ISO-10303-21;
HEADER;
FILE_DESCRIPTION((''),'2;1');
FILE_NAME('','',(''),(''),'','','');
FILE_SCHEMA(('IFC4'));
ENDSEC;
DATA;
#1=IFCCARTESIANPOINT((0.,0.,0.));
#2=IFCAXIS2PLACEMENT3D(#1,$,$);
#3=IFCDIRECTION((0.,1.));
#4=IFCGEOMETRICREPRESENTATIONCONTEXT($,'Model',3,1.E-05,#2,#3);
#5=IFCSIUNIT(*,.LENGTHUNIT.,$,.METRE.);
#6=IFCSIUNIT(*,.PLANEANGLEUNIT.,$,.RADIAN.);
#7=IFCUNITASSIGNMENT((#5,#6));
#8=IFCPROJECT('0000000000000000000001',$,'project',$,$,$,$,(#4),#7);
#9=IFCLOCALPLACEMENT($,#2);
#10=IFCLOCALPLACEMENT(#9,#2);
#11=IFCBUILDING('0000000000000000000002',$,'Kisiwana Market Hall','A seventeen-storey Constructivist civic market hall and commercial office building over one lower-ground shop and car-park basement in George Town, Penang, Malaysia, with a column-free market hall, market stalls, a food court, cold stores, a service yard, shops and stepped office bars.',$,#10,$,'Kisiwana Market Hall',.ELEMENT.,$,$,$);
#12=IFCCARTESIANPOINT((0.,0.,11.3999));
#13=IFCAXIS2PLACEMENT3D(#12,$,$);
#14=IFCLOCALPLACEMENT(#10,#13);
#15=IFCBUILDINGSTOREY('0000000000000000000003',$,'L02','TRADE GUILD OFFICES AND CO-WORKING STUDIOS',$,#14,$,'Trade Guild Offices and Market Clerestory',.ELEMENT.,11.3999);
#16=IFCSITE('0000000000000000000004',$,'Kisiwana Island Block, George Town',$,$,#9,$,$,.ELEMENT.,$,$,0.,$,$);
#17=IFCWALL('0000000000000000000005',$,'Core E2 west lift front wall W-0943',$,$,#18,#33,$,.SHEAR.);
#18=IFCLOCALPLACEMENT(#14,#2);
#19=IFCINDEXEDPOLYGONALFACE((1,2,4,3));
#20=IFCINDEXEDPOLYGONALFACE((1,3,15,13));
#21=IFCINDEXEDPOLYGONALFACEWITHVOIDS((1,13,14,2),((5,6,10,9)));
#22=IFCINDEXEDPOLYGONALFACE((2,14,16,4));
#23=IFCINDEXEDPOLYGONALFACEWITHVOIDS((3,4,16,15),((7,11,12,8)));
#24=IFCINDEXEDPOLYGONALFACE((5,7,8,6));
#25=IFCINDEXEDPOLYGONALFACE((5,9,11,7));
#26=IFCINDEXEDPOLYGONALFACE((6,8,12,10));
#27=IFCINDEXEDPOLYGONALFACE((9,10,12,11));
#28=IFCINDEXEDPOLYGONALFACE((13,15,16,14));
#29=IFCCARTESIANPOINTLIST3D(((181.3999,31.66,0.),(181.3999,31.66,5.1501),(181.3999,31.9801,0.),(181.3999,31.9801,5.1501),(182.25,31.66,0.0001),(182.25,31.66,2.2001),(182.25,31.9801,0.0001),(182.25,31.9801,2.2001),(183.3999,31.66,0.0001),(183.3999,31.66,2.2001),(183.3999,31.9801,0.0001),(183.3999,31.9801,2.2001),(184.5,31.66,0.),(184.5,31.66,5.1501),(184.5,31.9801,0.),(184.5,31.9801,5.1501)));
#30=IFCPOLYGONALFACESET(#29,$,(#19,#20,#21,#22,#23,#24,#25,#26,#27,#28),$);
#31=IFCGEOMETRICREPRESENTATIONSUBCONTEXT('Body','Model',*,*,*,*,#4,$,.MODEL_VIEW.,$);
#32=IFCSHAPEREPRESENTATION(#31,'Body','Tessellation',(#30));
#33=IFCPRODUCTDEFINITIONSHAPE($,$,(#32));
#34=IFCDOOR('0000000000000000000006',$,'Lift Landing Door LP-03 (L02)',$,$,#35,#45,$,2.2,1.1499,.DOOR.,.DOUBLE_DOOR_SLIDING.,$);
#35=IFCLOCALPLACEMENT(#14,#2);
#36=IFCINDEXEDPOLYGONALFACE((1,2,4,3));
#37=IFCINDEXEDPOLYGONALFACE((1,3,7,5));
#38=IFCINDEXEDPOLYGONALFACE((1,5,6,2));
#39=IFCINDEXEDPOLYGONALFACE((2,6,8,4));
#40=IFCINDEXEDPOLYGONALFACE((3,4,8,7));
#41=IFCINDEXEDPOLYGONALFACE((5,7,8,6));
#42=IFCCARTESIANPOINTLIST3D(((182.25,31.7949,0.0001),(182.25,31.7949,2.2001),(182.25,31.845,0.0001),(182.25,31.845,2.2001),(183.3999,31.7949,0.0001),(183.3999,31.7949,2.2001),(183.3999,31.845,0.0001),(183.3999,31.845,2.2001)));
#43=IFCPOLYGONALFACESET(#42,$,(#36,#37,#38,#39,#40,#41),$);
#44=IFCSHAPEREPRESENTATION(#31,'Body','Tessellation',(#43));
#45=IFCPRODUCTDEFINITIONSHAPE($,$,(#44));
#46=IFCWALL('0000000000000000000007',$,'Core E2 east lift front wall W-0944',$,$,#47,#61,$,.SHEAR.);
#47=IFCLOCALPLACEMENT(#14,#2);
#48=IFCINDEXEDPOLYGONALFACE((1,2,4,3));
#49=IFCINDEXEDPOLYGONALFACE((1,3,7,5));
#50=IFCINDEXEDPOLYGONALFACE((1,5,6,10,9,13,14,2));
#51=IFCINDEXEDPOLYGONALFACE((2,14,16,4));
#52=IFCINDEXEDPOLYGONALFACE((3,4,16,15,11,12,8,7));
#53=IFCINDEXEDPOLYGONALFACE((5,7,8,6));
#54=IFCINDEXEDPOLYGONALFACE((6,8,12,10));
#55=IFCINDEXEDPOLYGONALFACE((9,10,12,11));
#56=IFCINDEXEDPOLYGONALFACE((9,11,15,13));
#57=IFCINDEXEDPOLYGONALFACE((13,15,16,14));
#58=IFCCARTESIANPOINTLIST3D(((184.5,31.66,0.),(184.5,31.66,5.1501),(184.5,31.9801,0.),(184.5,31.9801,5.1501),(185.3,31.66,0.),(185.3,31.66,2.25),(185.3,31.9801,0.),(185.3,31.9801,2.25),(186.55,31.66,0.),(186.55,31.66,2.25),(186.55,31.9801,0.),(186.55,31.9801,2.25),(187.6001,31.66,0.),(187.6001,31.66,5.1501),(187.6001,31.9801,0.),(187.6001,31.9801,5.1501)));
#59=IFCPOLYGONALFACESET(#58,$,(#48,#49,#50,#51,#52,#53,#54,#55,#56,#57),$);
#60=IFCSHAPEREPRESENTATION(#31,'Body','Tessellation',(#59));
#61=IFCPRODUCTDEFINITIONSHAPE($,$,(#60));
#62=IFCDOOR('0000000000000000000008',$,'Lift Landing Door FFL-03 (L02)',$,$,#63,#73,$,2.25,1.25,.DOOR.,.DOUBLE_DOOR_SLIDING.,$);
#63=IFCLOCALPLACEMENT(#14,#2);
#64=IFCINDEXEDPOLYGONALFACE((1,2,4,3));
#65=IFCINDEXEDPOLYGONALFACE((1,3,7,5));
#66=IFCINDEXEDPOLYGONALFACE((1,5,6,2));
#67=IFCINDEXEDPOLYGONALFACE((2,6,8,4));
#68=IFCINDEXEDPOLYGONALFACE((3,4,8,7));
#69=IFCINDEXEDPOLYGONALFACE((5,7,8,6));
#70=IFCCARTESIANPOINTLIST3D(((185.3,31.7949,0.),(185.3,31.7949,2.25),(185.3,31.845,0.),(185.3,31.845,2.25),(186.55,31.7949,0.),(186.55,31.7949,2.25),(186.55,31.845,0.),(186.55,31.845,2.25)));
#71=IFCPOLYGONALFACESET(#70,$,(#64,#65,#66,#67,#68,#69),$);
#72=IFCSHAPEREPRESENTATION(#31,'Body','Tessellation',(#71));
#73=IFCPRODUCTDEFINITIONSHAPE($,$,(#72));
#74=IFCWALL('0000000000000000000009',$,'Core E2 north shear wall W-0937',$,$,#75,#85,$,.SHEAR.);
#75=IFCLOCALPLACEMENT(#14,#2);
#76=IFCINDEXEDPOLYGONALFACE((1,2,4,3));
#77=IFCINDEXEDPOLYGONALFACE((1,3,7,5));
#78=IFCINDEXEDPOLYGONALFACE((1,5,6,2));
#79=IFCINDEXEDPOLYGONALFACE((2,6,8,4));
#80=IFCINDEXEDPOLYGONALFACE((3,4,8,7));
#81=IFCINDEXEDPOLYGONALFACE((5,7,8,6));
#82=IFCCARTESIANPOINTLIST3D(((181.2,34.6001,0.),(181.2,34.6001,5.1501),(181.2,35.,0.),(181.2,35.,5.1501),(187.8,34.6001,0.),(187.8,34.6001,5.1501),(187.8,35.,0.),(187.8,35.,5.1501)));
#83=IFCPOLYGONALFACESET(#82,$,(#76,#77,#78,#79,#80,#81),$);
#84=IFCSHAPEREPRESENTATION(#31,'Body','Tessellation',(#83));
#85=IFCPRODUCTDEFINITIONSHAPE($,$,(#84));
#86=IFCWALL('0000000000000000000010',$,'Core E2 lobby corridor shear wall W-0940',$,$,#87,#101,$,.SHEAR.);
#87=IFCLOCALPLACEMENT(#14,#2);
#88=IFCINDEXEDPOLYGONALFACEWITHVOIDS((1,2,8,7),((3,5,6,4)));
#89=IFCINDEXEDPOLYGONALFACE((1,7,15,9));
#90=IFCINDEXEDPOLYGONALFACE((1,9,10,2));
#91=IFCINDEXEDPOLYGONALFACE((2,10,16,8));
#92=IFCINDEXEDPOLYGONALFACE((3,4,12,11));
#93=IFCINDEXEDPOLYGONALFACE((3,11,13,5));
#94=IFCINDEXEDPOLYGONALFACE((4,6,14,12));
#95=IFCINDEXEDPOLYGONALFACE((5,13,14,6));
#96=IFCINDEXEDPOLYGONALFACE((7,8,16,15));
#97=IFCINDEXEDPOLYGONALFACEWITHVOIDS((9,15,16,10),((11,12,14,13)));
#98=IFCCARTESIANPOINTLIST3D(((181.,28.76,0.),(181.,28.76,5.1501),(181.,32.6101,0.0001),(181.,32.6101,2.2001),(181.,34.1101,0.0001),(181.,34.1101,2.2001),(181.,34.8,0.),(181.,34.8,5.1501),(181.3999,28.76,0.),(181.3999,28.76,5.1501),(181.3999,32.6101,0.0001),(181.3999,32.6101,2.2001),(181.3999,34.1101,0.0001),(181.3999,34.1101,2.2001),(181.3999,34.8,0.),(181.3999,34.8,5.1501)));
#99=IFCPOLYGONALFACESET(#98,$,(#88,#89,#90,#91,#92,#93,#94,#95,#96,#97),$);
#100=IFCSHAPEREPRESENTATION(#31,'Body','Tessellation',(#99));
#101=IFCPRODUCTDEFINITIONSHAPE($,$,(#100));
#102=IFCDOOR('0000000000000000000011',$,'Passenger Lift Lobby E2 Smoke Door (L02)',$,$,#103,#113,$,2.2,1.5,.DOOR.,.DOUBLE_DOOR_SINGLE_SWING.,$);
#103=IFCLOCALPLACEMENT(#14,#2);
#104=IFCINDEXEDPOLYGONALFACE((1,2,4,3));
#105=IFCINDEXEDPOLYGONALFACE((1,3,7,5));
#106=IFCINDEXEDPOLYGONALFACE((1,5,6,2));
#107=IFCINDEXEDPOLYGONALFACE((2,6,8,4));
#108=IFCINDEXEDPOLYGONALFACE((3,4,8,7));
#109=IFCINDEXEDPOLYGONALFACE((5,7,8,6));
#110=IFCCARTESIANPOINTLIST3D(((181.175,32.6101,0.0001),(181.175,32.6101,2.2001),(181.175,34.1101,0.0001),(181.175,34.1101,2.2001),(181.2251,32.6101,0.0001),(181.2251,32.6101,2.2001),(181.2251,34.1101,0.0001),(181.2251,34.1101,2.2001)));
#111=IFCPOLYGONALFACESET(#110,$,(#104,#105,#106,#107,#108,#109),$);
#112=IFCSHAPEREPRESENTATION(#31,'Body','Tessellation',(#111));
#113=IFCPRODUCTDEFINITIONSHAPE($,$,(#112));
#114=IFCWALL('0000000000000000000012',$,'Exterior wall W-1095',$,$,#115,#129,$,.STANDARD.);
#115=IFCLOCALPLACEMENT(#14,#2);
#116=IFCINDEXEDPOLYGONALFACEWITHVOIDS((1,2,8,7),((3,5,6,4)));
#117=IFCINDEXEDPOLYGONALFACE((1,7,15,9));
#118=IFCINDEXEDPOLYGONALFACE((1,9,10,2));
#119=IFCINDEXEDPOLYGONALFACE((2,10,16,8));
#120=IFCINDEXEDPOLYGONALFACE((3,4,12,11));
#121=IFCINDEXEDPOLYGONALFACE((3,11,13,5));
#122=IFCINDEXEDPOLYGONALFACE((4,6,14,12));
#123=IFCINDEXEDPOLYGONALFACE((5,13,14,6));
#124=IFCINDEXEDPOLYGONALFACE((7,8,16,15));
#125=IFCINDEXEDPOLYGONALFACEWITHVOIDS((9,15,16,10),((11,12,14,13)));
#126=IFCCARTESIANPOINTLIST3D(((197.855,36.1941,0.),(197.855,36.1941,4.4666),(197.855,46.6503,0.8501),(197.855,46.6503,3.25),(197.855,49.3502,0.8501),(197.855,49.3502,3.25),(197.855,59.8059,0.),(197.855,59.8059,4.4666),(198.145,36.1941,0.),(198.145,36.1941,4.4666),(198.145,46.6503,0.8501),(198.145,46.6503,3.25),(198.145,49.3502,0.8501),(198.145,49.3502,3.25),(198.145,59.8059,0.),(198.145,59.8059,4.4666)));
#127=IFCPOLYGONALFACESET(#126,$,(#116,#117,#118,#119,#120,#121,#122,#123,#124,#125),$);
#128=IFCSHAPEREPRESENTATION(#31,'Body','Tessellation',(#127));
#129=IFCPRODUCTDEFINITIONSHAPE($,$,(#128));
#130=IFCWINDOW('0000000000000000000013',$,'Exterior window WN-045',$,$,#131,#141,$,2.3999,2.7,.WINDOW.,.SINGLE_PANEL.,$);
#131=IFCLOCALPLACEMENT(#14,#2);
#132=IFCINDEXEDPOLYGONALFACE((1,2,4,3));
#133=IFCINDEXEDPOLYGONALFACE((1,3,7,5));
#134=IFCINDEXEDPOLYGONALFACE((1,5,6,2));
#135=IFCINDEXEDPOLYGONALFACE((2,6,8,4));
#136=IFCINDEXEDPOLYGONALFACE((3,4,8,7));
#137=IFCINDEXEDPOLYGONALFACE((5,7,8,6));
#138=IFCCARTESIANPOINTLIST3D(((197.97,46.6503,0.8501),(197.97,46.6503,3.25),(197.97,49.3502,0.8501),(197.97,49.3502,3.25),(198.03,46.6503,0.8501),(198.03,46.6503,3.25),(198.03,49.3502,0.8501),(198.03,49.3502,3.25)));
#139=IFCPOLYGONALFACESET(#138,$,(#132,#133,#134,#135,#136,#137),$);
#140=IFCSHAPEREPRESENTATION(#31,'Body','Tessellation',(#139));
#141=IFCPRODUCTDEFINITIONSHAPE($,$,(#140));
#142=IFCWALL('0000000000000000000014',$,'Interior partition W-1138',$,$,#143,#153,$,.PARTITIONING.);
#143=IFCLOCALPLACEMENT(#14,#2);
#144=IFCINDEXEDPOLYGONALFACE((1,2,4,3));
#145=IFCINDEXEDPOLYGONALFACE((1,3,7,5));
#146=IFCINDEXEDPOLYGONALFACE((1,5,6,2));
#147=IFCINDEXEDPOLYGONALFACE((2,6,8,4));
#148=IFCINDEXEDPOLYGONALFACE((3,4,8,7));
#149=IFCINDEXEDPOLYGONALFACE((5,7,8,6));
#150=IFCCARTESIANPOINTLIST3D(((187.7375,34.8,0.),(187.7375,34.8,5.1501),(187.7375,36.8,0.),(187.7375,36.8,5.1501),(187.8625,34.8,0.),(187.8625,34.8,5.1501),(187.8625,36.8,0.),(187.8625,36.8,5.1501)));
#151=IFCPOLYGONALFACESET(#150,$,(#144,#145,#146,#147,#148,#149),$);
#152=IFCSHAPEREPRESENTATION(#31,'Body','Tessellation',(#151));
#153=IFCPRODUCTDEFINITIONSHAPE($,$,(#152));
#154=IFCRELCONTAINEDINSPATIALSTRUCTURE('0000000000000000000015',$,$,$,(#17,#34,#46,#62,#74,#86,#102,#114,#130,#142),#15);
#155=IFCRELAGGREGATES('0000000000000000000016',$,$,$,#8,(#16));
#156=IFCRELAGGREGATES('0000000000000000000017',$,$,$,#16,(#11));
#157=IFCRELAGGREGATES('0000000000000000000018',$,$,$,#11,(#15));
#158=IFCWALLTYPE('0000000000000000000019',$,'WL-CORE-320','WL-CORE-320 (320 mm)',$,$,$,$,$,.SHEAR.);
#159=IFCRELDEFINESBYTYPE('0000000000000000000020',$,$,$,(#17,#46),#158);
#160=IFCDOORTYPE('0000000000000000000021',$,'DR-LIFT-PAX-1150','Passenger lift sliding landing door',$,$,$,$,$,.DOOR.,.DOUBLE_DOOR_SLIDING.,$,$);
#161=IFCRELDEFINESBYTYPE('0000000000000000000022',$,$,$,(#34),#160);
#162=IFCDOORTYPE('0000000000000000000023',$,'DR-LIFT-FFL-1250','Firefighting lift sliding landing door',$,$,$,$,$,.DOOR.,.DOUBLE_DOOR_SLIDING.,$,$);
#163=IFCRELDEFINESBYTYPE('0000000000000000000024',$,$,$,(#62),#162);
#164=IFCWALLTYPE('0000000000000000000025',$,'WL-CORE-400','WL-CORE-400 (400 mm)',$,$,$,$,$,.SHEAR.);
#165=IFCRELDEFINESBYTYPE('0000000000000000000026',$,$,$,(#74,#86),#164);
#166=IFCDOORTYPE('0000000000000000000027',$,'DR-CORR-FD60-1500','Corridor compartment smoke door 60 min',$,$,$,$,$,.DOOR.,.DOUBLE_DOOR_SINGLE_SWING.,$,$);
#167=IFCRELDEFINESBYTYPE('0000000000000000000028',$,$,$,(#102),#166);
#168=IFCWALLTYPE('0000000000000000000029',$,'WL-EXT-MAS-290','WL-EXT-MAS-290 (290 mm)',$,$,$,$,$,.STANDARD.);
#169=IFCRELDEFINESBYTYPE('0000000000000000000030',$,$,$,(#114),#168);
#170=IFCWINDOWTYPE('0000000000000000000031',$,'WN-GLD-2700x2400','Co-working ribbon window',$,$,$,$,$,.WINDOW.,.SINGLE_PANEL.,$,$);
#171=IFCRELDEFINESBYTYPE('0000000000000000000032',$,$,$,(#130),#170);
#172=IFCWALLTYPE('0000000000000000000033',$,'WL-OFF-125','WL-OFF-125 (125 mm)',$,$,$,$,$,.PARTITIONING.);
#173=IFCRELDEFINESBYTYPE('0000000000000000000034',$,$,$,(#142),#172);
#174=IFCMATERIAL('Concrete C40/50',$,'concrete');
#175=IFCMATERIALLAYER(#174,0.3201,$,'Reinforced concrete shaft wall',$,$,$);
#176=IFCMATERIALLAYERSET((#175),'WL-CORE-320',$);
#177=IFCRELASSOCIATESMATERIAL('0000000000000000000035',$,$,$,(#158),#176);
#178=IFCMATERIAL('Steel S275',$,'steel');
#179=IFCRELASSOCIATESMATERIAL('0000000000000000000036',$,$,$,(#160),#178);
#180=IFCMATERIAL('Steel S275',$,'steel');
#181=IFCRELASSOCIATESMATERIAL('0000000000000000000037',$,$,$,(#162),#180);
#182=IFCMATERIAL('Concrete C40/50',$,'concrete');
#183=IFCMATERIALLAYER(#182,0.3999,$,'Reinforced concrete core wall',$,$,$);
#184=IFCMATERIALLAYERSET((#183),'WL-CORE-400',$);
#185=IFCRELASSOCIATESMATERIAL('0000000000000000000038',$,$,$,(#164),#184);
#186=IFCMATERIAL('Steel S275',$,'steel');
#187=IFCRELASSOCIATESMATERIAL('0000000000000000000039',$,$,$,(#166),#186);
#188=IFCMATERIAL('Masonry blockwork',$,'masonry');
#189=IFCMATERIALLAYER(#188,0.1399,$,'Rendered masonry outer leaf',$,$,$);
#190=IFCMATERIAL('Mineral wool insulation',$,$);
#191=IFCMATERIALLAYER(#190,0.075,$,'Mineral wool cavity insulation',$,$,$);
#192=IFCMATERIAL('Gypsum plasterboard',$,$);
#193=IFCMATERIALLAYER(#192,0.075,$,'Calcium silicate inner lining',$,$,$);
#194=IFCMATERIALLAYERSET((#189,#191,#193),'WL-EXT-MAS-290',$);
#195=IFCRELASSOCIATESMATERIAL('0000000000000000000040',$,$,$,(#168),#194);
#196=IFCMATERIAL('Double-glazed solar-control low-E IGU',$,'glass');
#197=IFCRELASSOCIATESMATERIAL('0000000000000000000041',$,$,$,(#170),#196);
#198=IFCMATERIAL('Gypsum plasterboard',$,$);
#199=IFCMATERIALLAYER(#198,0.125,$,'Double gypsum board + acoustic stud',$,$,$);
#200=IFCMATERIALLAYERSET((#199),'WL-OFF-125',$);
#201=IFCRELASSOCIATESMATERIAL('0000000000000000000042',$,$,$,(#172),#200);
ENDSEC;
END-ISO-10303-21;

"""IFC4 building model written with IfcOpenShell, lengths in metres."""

from ifc_helpers import new_model, si_unit, direction, frame, frame_2d, origin, place, context, subcontext, project, spatial, rectangle, extrude, material, layer, layer_set, type_object, element, fill, save


model = new_model("IFC4")

# Units and contexts
model_context = context("Model", 3, precision=1e-05, world=origin(), true_north=direction((0.0, 1.0)))
body_context = subcontext(model_context, "Body", "Model", "MODEL_VIEW")
ifc_project = project(units=[si_unit("LENGTHUNIT", "METRE"), si_unit("PLANEANGLEUNIT", "RADIAN")], contexts=[model_context])

# Site, building, storey
site_placement = place(None, origin())
site = spatial("IfcSite", under=ifc_project, at=site_placement, Name="Kisiwana Island Block, George Town", CompositionType="ELEMENT", RefElevation=0.0)
building_placement = place(site_placement, origin())
building = spatial("IfcBuilding", under=site, at=building_placement, Name="Kisiwana Market Hall", Description="A seventeen-storey Constructivist civic market hall and commercial office building over one lower-ground shop and car-park basement in George Town, Penang, Malaysia, with a column-free market hall, market stalls, a food court, cold stores, a service yard, shops and stepped office bars.", LongName="Kisiwana Market Hall", CompositionType="ELEMENT")
storey_placement = place(building_placement, frame((0.0, 0.0, 11.3999)))
storey = spatial("IfcBuildingStorey", under=building, at=storey_placement, Name="L02", Description="TRADE GUILD OFFICES AND CO-WORKING STUDIOS", LongName="Trade Guild Offices and Market Clerestory", CompositionType="ELEMENT", Elevation=11.3999)

# Shared definitions
ifc_material_1 = material(Name="Concrete C40/50", Category="concrete")
ifc_layer_1 = layer(ifc_material_1, 0.3201, Name="Reinforced concrete shaft wall")
ifc_layer_set_1 = layer_set([ifc_layer_1], Name="WL-CORE-320")
wall_type_1 = type_object("IfcWallType", Name="WL-CORE-320", Description="WL-CORE-320 (320 mm)", PredefinedType="SHEAR", material=ifc_layer_set_1)

# Walls, openings, doors
wall_1_placement = place(storey_placement, frame((181.3999, 31.8201, 0.0), z_axis=(0.0, 0.0, 1.0), x_axis=(1.0, 0.0, 0.0)))
wall_1 = element("IfcWall", 1, at=wall_1_placement, inside=storey, type_object=wall_type_1, Name="Core E2 west lift front wall W-0943", PredefinedType="SHEAR", context=body_context, shape_type="SweptSolid", body=[
    extrude(rectangle(XDim=3.1001, YDim=0.3201, at=frame_2d((1.55, 0.0))), origin(), (0.0, 0.0, 1.0), 5.1501),
])
opening_1_placement = place(wall_1_placement, frame((0.8501, 0.0, 0.0)))
opening_1 = element("IfcOpeningElement", 2, at=opening_1_placement, cuts=wall_1, PredefinedType="OPENING", context=body_context, shape_type="SweptSolid", body=[
    extrude(rectangle(XDim=1.1499, YDim=2.2, at=frame_2d((0.575, 1.1001))), frame((0.0, 0.1719, 0.0), z_axis=(0.0, -1.0, 0.0), x_axis=(1.0, 0.0, 0.0)), (0.0, 0.0, 1.0), 0.344),
])
ifc_material_2 = material(Name="Steel S275", Category="steel")
door_type_1 = type_object("IfcDoorType", Name="DR-LIFT-PAX-1150", Description="Passenger lift sliding landing door", OperationType="DOUBLE_DOOR_SLIDING", PredefinedType="DOOR", material=ifc_material_2)
door_1_placement = place(opening_1_placement, origin())
door_1 = element("IfcDoor", 3, at=door_1_placement, inside=storey, type_object=door_type_1, Name="Lift Landing Door LP-03 (L02)", OperationType="DOUBLE_DOOR_SLIDING", OverallHeight=2.2, OverallWidth=1.1499, PredefinedType="DOOR", context=body_context, shape_type="SweptSolid", body=[
    extrude(rectangle(XDim=1.1499, YDim=2.2, at=frame_2d((0.575, 1.1001))), frame((0.0, 0.0249, 0.0), z_axis=(0.0, -1.0, 0.0), x_axis=(1.0, 0.0, 0.0)), (0.0, 0.0, 1.0), 0.05),
])
fill(opening_1, door_1)
wall_2_placement = place(storey_placement, frame((184.5, 31.8201, 0.0), z_axis=(0.0, 0.0, 1.0), x_axis=(1.0, 0.0, 0.0)))
wall_2 = element("IfcWall", 4, at=wall_2_placement, inside=storey, type_object=wall_type_1, Name="Core E2 east lift front wall W-0944", PredefinedType="SHEAR", context=body_context, shape_type="SweptSolid", body=[
    extrude(rectangle(XDim=3.1001, YDim=0.3201, at=frame_2d((1.55, 0.0))), origin(), (0.0, 0.0, 1.0), 5.1501),
])
opening_2_placement = place(wall_2_placement, frame((0.8, 0.0, 0.0)))
opening_2 = element("IfcOpeningElement", 5, at=opening_2_placement, cuts=wall_2, PredefinedType="OPENING", context=body_context, shape_type="SweptSolid", body=[
    extrude(rectangle(XDim=1.25, YDim=2.25, at=frame_2d((0.625, 1.125))), frame((0.0, 0.1719, 0.0), z_axis=(0.0, -1.0, 0.0), x_axis=(1.0, 0.0, 0.0)), (0.0, 0.0, 1.0), 0.344),
])
ifc_material_3 = material(Name="Steel S275", Category="steel")
door_type_2 = type_object("IfcDoorType", Name="DR-LIFT-FFL-1250", Description="Firefighting lift sliding landing door", OperationType="DOUBLE_DOOR_SLIDING", PredefinedType="DOOR", material=ifc_material_3)
door_2_placement = place(opening_2_placement, origin())
door_2 = element("IfcDoor", 6, at=door_2_placement, inside=storey, type_object=door_type_2, Name="Lift Landing Door FFL-03 (L02)", OperationType="DOUBLE_DOOR_SLIDING", OverallHeight=2.25, OverallWidth=1.25, PredefinedType="DOOR", context=body_context, shape_type="SweptSolid", body=[
    extrude(rectangle(XDim=1.25, YDim=2.25, at=frame_2d((0.625, 1.125))), frame((0.0, 0.0249, 0.0), z_axis=(0.0, -1.0, 0.0), x_axis=(1.0, 0.0, 0.0)), (0.0, 0.0, 1.0), 0.05),
])
fill(opening_2, door_2)

# Wall
ifc_material_4 = material(Name="Concrete C40/50", Category="concrete")
ifc_layer_2 = layer(ifc_material_4, 0.3999, Name="Reinforced concrete core wall")
ifc_layer_set_2 = layer_set([ifc_layer_2], Name="WL-CORE-400")
wall_type_2 = type_object("IfcWallType", Name="WL-CORE-400", Description="WL-CORE-400 (400 mm)", PredefinedType="SHEAR", material=ifc_layer_set_2)
wall_3_placement = place(storey_placement, frame((181.2, 34.8, 0.0), z_axis=(0.0, 0.0, 1.0), x_axis=(1.0, 0.0, 0.0)))
element("IfcWall", 7, at=wall_3_placement, inside=storey, type_object=wall_type_2, Name="Core E2 north shear wall W-0937", PredefinedType="SHEAR", context=body_context, shape_type="SweptSolid", body=[
    extrude(rectangle(XDim=6.6001, YDim=0.3999, at=frame_2d((3.3, 0.0))), origin(), (0.0, 0.0, 1.0), 5.1501),
])

# Wall, opening, door
wall_4_placement = place(storey_placement, frame((181.2, 28.76, 0.0), z_axis=(0.0, 0.0, 1.0), x_axis=(0.0, 1.0, 0.0)))
wall_4 = element("IfcWall", 8, at=wall_4_placement, inside=storey, type_object=wall_type_2, Name="Core E2 lobby corridor shear wall W-0940", PredefinedType="SHEAR", context=body_context, shape_type="SweptSolid", body=[
    extrude(rectangle(XDim=6.04, YDim=0.3999, at=frame_2d((3.02, 0.0))), origin(), (0.0, 0.0, 1.0), 5.1501),
])
opening_3_placement = place(wall_4_placement, frame((3.8501, 0.0, 0.0)))
opening_3 = element("IfcOpeningElement", 9, at=opening_3_placement, cuts=wall_4, PredefinedType="OPENING", context=body_context, shape_type="SweptSolid", body=[
    extrude(rectangle(XDim=1.5, YDim=2.2, at=frame_2d((0.75, 1.1001))), frame((0.0, 0.2119, 0.0), z_axis=(0.0, -1.0, 0.0), x_axis=(1.0, 0.0, 0.0)), (0.0, 0.0, 1.0), 0.4238),
])
ifc_material_5 = material(Name="Steel S275", Category="steel")
door_type_3 = type_object("IfcDoorType", Name="DR-CORR-FD60-1500", Description="Corridor compartment smoke door 60 min", OperationType="DOUBLE_DOOR_SINGLE_SWING", PredefinedType="DOOR", material=ifc_material_5)
door_3_placement = place(opening_3_placement, origin())
door_3 = element("IfcDoor", 10, at=door_3_placement, inside=storey, type_object=door_type_3, Name="Passenger Lift Lobby E2 Smoke Door (L02)", OperationType="DOUBLE_DOOR_SINGLE_SWING", OverallHeight=2.2, OverallWidth=1.5, PredefinedType="DOOR", context=body_context, shape_type="SweptSolid", body=[
    extrude(rectangle(XDim=1.5, YDim=2.2, at=frame_2d((0.75, 1.1001))), frame((0.0, 0.0249, 0.0), z_axis=(0.0, -1.0, 0.0), x_axis=(1.0, 0.0, 0.0)), (0.0, 0.0, 1.0), 0.05),
])
fill(opening_3, door_3)

# Wall, opening, window
ifc_material_6 = material(Name="Masonry blockwork", Category="masonry")
ifc_layer_3 = layer(ifc_material_6, 0.1399, Name="Rendered masonry outer leaf")
ifc_material_7 = material(Name="Mineral wool insulation")
ifc_layer_4 = layer(ifc_material_7, 0.075, Name="Mineral wool cavity insulation")
ifc_material_8 = material(Name="Gypsum plasterboard")
ifc_layer_5 = layer(ifc_material_8, 0.075, Name="Calcium silicate inner lining")
ifc_layer_set_3 = layer_set([ifc_layer_3, ifc_layer_4, ifc_layer_5], Name="WL-EXT-MAS-290")
wall_type_3 = type_object("IfcWallType", Name="WL-EXT-MAS-290", Description="WL-EXT-MAS-290 (290 mm)", PredefinedType="STANDARD", material=ifc_layer_set_3)
wall_5_placement = place(storey_placement, frame((198.0, 36.1941, 0.0), z_axis=(0.0, 0.0, 1.0), x_axis=(0.0, 1.0, 0.0)))
wall_5 = element("IfcWall", 11, at=wall_5_placement, inside=storey, type_object=wall_type_3, Name="Exterior wall W-1095", PredefinedType="STANDARD", context=body_context, shape_type="SweptSolid", body=[
    extrude(rectangle(XDim=23.6118, YDim=0.29, at=frame_2d((11.8059, 0.0))), origin(), (0.0, 0.0, 1.0), 4.4666),
])
opening_4_placement = place(wall_5_placement, frame((10.4561, 0.0, 0.8501)))
opening_4 = element("IfcOpeningElement", 12, at=opening_4_placement, cuts=wall_5, PredefinedType="OPENING", context=body_context, shape_type="SweptSolid", body=[
    extrude(rectangle(XDim=2.7, YDim=2.3999, at=frame_2d((1.3501, 1.2))), frame((0.0, 0.157, 0.0), z_axis=(0.0, -1.0, 0.0), x_axis=(1.0, 0.0, 0.0)), (0.0, 0.0, 1.0), 0.314),
])
ifc_material_9 = material(Name="Double-glazed solar-control low-E IGU", Category="glass")
window_type = type_object("IfcWindowType", Name="WN-GLD-2700x2400", Description="Co-working ribbon window", PartitioningType="SINGLE_PANEL", PredefinedType="WINDOW", material=ifc_material_9)
window_placement = place(opening_4_placement, origin())
window = element("IfcWindow", 13, at=window_placement, inside=storey, type_object=window_type, Name="Exterior window WN-045", OverallHeight=2.3999, OverallWidth=2.7, PartitioningType="SINGLE_PANEL", PredefinedType="WINDOW", context=body_context, shape_type="SweptSolid", body=[
    extrude(rectangle(XDim=2.7, YDim=2.3999, at=frame_2d((1.3501, 1.2))), frame((0.0, 0.03, 0.0), z_axis=(0.0, -1.0, 0.0), x_axis=(1.0, 0.0, 0.0)), (0.0, 0.0, 1.0), 0.0601),
])
fill(opening_4, window)

# Wall
ifc_material_10 = material(Name="Gypsum plasterboard")
ifc_layer_6 = layer(ifc_material_10, 0.125, Name="Double gypsum board + acoustic stud")
ifc_layer_set_4 = layer_set([ifc_layer_6], Name="WL-OFF-125")
wall_type_4 = type_object("IfcWallType", Name="WL-OFF-125", Description="WL-OFF-125 (125 mm)", PredefinedType="PARTITIONING", material=ifc_layer_set_4)
wall_6_placement = place(storey_placement, frame((187.8, 34.8, 0.0), z_axis=(0.0, 0.0, 1.0), x_axis=(0.0, 1.0, 0.0)))
element("IfcWall", 14, at=wall_6_placement, inside=storey, type_object=wall_type_4, Name="Interior partition W-1138", PredefinedType="PARTITIONING", context=body_context, shape_type="SweptSolid", body=[
    extrude(rectangle(XDim=2.0, YDim=0.125, at=frame_2d((1.0, 0.0))), origin(), (0.0, 0.0, 1.0), 5.1501),
])

save(model, "model.ifc")
